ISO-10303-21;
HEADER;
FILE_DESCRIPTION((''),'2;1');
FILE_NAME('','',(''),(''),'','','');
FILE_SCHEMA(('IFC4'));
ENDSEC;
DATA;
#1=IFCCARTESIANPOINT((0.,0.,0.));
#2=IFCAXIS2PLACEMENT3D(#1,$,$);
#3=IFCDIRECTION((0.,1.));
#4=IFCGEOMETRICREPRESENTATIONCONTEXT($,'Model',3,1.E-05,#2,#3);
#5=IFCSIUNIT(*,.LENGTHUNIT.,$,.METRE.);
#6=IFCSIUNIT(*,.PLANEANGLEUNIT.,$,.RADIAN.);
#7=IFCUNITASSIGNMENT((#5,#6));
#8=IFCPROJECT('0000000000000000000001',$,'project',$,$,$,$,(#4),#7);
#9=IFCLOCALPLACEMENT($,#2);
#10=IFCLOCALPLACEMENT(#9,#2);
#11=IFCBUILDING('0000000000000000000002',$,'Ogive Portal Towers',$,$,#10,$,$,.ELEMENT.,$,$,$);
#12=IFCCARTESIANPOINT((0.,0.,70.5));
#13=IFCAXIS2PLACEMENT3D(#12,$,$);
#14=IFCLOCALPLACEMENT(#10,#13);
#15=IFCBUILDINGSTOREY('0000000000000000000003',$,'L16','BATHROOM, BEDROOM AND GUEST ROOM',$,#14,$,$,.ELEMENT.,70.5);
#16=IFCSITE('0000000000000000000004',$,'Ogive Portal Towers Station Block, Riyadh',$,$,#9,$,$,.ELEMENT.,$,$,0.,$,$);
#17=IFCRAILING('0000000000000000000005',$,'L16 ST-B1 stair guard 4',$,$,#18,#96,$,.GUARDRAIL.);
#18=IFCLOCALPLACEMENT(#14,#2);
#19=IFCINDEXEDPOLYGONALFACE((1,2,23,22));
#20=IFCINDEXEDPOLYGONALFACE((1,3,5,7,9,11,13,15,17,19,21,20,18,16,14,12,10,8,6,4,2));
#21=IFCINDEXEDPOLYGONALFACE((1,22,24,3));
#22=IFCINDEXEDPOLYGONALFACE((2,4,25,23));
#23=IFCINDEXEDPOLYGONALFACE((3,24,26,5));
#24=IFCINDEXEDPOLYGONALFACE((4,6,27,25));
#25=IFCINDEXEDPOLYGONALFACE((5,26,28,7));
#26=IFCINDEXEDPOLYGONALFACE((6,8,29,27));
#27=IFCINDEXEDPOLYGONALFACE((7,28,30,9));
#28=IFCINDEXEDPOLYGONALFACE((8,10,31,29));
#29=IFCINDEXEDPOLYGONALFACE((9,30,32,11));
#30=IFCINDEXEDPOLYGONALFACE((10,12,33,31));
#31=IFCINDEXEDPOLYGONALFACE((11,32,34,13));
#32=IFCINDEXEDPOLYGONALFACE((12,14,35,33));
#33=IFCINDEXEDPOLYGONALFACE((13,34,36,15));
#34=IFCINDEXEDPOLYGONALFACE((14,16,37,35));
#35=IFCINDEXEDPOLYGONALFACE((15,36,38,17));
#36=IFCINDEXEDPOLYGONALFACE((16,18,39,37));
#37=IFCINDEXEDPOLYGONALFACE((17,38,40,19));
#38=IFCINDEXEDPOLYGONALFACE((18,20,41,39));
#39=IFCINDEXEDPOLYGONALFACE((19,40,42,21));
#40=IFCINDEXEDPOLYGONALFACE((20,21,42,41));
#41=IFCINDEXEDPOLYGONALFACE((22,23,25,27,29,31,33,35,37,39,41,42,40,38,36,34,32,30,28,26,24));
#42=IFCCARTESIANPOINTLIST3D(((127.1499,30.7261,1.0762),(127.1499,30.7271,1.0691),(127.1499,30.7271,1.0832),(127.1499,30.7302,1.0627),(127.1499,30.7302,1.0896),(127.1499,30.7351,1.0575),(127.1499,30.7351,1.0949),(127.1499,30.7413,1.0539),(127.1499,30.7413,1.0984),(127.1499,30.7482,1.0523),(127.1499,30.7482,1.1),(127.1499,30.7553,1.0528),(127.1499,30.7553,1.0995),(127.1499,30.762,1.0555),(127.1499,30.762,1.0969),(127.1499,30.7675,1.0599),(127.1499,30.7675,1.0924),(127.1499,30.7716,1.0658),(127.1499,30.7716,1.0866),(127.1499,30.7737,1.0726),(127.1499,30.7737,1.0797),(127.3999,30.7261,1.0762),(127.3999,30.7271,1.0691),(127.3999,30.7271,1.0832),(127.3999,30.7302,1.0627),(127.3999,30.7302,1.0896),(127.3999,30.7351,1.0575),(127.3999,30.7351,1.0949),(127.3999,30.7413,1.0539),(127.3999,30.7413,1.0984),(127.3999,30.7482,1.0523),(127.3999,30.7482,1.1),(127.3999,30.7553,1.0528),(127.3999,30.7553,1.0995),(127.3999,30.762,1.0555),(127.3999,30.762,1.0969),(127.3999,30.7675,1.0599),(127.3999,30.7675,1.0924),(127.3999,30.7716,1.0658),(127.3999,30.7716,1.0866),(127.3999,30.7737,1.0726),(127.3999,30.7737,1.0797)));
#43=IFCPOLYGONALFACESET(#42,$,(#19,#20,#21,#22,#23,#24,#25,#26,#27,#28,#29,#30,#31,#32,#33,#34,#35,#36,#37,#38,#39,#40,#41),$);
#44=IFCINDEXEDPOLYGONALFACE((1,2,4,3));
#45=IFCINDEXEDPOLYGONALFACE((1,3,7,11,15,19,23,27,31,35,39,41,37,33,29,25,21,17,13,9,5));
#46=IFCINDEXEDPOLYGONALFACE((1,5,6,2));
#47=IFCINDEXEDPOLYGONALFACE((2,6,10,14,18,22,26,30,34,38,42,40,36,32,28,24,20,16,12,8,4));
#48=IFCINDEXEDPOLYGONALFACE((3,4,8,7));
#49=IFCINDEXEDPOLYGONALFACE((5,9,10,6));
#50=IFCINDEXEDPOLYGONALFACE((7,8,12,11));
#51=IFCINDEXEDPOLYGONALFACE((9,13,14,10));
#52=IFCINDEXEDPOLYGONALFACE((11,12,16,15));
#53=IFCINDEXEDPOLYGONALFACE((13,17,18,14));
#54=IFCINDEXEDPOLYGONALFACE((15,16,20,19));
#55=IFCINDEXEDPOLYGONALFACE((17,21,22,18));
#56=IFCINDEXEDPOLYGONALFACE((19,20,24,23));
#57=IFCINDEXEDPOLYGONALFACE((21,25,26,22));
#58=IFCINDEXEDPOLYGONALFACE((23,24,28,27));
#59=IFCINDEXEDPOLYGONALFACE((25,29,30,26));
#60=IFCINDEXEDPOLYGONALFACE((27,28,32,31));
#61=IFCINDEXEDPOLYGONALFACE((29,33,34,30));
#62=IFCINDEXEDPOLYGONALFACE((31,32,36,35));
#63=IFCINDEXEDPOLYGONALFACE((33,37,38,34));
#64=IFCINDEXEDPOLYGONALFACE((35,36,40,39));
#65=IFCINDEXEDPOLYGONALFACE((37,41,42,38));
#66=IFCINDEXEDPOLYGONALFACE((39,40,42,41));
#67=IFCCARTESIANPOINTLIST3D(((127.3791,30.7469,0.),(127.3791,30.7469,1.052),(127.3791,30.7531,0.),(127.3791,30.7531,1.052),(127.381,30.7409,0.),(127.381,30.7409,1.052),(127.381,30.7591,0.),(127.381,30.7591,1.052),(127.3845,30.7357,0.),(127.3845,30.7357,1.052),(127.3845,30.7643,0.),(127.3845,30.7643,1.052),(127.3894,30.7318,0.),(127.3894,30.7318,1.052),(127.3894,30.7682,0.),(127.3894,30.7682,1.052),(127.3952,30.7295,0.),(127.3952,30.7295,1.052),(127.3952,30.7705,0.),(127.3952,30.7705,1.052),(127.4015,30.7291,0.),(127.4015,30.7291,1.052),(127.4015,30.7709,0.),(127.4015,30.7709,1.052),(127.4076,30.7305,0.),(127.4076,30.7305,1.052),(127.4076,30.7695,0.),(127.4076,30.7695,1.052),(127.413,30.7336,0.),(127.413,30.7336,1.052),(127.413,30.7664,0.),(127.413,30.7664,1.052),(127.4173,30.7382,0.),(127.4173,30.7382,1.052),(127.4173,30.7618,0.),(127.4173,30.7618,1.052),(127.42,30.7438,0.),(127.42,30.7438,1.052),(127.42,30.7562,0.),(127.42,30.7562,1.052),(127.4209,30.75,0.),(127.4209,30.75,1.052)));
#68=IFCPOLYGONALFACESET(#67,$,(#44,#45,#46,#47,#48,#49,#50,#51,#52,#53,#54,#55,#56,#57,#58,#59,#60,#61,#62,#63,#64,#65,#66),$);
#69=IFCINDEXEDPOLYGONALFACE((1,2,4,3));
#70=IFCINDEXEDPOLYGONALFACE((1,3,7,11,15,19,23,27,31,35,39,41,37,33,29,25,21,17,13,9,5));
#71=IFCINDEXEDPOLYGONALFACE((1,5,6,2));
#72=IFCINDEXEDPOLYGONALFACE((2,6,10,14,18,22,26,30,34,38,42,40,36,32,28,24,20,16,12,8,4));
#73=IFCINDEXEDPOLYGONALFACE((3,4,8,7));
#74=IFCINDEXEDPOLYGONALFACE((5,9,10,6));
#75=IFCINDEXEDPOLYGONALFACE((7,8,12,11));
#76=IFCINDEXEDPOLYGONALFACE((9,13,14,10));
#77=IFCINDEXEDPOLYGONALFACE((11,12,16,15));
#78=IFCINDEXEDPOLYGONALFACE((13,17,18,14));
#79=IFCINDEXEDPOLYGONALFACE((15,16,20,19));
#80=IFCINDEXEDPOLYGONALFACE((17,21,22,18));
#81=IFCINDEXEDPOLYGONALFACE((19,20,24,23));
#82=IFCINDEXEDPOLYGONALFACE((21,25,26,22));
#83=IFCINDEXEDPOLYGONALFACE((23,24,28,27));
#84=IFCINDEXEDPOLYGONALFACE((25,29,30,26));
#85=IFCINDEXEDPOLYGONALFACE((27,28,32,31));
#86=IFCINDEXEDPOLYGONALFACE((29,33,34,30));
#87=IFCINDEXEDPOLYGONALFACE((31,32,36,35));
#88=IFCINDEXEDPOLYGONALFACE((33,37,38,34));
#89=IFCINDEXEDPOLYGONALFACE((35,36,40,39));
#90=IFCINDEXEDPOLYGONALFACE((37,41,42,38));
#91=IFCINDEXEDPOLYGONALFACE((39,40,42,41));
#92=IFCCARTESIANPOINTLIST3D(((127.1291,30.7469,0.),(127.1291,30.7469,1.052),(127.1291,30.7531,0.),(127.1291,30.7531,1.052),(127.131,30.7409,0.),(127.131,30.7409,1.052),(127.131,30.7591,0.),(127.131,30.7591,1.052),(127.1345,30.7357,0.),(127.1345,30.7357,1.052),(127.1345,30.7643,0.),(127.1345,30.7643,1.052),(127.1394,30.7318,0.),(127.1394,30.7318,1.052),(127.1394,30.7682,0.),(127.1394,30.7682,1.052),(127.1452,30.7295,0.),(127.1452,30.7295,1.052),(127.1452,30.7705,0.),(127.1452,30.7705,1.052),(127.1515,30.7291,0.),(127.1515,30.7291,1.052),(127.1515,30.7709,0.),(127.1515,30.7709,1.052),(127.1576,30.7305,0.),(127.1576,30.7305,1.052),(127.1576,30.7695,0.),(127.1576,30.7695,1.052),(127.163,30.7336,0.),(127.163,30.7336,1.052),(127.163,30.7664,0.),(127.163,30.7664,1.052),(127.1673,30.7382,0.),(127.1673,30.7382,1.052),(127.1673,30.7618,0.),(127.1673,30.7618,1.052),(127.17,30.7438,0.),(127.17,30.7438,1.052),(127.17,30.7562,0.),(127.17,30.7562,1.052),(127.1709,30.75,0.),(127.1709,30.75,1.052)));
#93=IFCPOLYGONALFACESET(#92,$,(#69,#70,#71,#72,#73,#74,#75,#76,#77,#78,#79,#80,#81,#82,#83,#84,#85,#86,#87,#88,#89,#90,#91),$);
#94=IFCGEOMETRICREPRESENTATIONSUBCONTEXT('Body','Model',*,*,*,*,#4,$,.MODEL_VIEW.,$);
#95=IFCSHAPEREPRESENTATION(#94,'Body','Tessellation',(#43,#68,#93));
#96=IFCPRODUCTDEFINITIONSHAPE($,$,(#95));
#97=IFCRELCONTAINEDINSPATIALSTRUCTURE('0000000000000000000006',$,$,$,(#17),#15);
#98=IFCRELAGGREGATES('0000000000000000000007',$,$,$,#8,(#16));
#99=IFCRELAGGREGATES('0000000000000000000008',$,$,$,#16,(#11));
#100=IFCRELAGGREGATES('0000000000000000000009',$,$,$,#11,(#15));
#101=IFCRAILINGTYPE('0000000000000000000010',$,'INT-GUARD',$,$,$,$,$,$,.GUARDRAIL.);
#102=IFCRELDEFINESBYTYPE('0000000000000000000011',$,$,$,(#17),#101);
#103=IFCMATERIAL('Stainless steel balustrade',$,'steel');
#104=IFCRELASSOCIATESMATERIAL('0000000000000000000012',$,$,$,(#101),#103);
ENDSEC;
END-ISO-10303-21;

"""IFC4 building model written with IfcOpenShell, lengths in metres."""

from ifc_helpers import new_model, si_unit, direction, frame, origin, origin_2d, place, context, subcontext, project, spatial, circle, extrude, material, type_object, element, save


model = new_model("IFC4")

# Units and contexts
model_context = context("Model", 3, precision=1e-05, world=origin(), true_north=direction((0.0, 1.0)))
body_context = subcontext(model_context, "Body", "Model", "MODEL_VIEW")
ifc_project = project(units=[si_unit("LENGTHUNIT", "METRE"), si_unit("PLANEANGLEUNIT", "RADIAN")], contexts=[model_context])

# Site, building, storey
site_placement = place(None, origin())
site = spatial("IfcSite", under=ifc_project, at=site_placement, Name="Ogive Portal Towers Station Block, Riyadh", CompositionType="ELEMENT", RefElevation=0.0)
building_placement = place(site_placement, origin())
building = spatial("IfcBuilding", under=site, at=building_placement, Name="Ogive Portal Towers", CompositionType="ELEMENT")
storey_placement = place(building_placement, frame((0.0, 0.0, 70.5)))
storey = spatial("IfcBuildingStorey", under=building, at=storey_placement, Name="L16", Description="BATHROOM, BEDROOM AND GUEST ROOM", CompositionType="ELEMENT", Elevation=70.5)

# Railing
ifc_material_1 = material(Name="Stainless steel balustrade", Category="steel")
railing_type_1 = type_object("IfcRailingType", Name="INT-GUARD", PredefinedType="GUARDRAIL", material=ifc_material_1)
railing_1_placement = place(storey_placement, frame((127.3999, 30.75, 0.0)))
element("IfcRailing", 1, at=railing_1_placement, inside=storey, type_object=railing_type_1, Name="L16 ST-B1 stair guard 4", PredefinedType="GUARDRAIL", context=body_context, shape_type="SweptSolid", body=[
    extrude(circle(Radius=0.0239, at=origin_2d()), frame((0.0, 0.0, 1.0762), z_axis=(-1.0, 0.0, 0.0), x_axis=(0.0, -1.0, 0.0)), (0.0, 0.0, 1.0), 0.25),
    extrude(circle(Radius=0.021, at=origin_2d()), origin(), (0.0, 0.0, 1.0), 1.052),
    extrude(circle(Radius=0.021, at=origin_2d()), frame((-0.25, 0.0, 0.0)), (0.0, 0.0, 1.0), 1.052),
])

save(model, "model.ifc")
